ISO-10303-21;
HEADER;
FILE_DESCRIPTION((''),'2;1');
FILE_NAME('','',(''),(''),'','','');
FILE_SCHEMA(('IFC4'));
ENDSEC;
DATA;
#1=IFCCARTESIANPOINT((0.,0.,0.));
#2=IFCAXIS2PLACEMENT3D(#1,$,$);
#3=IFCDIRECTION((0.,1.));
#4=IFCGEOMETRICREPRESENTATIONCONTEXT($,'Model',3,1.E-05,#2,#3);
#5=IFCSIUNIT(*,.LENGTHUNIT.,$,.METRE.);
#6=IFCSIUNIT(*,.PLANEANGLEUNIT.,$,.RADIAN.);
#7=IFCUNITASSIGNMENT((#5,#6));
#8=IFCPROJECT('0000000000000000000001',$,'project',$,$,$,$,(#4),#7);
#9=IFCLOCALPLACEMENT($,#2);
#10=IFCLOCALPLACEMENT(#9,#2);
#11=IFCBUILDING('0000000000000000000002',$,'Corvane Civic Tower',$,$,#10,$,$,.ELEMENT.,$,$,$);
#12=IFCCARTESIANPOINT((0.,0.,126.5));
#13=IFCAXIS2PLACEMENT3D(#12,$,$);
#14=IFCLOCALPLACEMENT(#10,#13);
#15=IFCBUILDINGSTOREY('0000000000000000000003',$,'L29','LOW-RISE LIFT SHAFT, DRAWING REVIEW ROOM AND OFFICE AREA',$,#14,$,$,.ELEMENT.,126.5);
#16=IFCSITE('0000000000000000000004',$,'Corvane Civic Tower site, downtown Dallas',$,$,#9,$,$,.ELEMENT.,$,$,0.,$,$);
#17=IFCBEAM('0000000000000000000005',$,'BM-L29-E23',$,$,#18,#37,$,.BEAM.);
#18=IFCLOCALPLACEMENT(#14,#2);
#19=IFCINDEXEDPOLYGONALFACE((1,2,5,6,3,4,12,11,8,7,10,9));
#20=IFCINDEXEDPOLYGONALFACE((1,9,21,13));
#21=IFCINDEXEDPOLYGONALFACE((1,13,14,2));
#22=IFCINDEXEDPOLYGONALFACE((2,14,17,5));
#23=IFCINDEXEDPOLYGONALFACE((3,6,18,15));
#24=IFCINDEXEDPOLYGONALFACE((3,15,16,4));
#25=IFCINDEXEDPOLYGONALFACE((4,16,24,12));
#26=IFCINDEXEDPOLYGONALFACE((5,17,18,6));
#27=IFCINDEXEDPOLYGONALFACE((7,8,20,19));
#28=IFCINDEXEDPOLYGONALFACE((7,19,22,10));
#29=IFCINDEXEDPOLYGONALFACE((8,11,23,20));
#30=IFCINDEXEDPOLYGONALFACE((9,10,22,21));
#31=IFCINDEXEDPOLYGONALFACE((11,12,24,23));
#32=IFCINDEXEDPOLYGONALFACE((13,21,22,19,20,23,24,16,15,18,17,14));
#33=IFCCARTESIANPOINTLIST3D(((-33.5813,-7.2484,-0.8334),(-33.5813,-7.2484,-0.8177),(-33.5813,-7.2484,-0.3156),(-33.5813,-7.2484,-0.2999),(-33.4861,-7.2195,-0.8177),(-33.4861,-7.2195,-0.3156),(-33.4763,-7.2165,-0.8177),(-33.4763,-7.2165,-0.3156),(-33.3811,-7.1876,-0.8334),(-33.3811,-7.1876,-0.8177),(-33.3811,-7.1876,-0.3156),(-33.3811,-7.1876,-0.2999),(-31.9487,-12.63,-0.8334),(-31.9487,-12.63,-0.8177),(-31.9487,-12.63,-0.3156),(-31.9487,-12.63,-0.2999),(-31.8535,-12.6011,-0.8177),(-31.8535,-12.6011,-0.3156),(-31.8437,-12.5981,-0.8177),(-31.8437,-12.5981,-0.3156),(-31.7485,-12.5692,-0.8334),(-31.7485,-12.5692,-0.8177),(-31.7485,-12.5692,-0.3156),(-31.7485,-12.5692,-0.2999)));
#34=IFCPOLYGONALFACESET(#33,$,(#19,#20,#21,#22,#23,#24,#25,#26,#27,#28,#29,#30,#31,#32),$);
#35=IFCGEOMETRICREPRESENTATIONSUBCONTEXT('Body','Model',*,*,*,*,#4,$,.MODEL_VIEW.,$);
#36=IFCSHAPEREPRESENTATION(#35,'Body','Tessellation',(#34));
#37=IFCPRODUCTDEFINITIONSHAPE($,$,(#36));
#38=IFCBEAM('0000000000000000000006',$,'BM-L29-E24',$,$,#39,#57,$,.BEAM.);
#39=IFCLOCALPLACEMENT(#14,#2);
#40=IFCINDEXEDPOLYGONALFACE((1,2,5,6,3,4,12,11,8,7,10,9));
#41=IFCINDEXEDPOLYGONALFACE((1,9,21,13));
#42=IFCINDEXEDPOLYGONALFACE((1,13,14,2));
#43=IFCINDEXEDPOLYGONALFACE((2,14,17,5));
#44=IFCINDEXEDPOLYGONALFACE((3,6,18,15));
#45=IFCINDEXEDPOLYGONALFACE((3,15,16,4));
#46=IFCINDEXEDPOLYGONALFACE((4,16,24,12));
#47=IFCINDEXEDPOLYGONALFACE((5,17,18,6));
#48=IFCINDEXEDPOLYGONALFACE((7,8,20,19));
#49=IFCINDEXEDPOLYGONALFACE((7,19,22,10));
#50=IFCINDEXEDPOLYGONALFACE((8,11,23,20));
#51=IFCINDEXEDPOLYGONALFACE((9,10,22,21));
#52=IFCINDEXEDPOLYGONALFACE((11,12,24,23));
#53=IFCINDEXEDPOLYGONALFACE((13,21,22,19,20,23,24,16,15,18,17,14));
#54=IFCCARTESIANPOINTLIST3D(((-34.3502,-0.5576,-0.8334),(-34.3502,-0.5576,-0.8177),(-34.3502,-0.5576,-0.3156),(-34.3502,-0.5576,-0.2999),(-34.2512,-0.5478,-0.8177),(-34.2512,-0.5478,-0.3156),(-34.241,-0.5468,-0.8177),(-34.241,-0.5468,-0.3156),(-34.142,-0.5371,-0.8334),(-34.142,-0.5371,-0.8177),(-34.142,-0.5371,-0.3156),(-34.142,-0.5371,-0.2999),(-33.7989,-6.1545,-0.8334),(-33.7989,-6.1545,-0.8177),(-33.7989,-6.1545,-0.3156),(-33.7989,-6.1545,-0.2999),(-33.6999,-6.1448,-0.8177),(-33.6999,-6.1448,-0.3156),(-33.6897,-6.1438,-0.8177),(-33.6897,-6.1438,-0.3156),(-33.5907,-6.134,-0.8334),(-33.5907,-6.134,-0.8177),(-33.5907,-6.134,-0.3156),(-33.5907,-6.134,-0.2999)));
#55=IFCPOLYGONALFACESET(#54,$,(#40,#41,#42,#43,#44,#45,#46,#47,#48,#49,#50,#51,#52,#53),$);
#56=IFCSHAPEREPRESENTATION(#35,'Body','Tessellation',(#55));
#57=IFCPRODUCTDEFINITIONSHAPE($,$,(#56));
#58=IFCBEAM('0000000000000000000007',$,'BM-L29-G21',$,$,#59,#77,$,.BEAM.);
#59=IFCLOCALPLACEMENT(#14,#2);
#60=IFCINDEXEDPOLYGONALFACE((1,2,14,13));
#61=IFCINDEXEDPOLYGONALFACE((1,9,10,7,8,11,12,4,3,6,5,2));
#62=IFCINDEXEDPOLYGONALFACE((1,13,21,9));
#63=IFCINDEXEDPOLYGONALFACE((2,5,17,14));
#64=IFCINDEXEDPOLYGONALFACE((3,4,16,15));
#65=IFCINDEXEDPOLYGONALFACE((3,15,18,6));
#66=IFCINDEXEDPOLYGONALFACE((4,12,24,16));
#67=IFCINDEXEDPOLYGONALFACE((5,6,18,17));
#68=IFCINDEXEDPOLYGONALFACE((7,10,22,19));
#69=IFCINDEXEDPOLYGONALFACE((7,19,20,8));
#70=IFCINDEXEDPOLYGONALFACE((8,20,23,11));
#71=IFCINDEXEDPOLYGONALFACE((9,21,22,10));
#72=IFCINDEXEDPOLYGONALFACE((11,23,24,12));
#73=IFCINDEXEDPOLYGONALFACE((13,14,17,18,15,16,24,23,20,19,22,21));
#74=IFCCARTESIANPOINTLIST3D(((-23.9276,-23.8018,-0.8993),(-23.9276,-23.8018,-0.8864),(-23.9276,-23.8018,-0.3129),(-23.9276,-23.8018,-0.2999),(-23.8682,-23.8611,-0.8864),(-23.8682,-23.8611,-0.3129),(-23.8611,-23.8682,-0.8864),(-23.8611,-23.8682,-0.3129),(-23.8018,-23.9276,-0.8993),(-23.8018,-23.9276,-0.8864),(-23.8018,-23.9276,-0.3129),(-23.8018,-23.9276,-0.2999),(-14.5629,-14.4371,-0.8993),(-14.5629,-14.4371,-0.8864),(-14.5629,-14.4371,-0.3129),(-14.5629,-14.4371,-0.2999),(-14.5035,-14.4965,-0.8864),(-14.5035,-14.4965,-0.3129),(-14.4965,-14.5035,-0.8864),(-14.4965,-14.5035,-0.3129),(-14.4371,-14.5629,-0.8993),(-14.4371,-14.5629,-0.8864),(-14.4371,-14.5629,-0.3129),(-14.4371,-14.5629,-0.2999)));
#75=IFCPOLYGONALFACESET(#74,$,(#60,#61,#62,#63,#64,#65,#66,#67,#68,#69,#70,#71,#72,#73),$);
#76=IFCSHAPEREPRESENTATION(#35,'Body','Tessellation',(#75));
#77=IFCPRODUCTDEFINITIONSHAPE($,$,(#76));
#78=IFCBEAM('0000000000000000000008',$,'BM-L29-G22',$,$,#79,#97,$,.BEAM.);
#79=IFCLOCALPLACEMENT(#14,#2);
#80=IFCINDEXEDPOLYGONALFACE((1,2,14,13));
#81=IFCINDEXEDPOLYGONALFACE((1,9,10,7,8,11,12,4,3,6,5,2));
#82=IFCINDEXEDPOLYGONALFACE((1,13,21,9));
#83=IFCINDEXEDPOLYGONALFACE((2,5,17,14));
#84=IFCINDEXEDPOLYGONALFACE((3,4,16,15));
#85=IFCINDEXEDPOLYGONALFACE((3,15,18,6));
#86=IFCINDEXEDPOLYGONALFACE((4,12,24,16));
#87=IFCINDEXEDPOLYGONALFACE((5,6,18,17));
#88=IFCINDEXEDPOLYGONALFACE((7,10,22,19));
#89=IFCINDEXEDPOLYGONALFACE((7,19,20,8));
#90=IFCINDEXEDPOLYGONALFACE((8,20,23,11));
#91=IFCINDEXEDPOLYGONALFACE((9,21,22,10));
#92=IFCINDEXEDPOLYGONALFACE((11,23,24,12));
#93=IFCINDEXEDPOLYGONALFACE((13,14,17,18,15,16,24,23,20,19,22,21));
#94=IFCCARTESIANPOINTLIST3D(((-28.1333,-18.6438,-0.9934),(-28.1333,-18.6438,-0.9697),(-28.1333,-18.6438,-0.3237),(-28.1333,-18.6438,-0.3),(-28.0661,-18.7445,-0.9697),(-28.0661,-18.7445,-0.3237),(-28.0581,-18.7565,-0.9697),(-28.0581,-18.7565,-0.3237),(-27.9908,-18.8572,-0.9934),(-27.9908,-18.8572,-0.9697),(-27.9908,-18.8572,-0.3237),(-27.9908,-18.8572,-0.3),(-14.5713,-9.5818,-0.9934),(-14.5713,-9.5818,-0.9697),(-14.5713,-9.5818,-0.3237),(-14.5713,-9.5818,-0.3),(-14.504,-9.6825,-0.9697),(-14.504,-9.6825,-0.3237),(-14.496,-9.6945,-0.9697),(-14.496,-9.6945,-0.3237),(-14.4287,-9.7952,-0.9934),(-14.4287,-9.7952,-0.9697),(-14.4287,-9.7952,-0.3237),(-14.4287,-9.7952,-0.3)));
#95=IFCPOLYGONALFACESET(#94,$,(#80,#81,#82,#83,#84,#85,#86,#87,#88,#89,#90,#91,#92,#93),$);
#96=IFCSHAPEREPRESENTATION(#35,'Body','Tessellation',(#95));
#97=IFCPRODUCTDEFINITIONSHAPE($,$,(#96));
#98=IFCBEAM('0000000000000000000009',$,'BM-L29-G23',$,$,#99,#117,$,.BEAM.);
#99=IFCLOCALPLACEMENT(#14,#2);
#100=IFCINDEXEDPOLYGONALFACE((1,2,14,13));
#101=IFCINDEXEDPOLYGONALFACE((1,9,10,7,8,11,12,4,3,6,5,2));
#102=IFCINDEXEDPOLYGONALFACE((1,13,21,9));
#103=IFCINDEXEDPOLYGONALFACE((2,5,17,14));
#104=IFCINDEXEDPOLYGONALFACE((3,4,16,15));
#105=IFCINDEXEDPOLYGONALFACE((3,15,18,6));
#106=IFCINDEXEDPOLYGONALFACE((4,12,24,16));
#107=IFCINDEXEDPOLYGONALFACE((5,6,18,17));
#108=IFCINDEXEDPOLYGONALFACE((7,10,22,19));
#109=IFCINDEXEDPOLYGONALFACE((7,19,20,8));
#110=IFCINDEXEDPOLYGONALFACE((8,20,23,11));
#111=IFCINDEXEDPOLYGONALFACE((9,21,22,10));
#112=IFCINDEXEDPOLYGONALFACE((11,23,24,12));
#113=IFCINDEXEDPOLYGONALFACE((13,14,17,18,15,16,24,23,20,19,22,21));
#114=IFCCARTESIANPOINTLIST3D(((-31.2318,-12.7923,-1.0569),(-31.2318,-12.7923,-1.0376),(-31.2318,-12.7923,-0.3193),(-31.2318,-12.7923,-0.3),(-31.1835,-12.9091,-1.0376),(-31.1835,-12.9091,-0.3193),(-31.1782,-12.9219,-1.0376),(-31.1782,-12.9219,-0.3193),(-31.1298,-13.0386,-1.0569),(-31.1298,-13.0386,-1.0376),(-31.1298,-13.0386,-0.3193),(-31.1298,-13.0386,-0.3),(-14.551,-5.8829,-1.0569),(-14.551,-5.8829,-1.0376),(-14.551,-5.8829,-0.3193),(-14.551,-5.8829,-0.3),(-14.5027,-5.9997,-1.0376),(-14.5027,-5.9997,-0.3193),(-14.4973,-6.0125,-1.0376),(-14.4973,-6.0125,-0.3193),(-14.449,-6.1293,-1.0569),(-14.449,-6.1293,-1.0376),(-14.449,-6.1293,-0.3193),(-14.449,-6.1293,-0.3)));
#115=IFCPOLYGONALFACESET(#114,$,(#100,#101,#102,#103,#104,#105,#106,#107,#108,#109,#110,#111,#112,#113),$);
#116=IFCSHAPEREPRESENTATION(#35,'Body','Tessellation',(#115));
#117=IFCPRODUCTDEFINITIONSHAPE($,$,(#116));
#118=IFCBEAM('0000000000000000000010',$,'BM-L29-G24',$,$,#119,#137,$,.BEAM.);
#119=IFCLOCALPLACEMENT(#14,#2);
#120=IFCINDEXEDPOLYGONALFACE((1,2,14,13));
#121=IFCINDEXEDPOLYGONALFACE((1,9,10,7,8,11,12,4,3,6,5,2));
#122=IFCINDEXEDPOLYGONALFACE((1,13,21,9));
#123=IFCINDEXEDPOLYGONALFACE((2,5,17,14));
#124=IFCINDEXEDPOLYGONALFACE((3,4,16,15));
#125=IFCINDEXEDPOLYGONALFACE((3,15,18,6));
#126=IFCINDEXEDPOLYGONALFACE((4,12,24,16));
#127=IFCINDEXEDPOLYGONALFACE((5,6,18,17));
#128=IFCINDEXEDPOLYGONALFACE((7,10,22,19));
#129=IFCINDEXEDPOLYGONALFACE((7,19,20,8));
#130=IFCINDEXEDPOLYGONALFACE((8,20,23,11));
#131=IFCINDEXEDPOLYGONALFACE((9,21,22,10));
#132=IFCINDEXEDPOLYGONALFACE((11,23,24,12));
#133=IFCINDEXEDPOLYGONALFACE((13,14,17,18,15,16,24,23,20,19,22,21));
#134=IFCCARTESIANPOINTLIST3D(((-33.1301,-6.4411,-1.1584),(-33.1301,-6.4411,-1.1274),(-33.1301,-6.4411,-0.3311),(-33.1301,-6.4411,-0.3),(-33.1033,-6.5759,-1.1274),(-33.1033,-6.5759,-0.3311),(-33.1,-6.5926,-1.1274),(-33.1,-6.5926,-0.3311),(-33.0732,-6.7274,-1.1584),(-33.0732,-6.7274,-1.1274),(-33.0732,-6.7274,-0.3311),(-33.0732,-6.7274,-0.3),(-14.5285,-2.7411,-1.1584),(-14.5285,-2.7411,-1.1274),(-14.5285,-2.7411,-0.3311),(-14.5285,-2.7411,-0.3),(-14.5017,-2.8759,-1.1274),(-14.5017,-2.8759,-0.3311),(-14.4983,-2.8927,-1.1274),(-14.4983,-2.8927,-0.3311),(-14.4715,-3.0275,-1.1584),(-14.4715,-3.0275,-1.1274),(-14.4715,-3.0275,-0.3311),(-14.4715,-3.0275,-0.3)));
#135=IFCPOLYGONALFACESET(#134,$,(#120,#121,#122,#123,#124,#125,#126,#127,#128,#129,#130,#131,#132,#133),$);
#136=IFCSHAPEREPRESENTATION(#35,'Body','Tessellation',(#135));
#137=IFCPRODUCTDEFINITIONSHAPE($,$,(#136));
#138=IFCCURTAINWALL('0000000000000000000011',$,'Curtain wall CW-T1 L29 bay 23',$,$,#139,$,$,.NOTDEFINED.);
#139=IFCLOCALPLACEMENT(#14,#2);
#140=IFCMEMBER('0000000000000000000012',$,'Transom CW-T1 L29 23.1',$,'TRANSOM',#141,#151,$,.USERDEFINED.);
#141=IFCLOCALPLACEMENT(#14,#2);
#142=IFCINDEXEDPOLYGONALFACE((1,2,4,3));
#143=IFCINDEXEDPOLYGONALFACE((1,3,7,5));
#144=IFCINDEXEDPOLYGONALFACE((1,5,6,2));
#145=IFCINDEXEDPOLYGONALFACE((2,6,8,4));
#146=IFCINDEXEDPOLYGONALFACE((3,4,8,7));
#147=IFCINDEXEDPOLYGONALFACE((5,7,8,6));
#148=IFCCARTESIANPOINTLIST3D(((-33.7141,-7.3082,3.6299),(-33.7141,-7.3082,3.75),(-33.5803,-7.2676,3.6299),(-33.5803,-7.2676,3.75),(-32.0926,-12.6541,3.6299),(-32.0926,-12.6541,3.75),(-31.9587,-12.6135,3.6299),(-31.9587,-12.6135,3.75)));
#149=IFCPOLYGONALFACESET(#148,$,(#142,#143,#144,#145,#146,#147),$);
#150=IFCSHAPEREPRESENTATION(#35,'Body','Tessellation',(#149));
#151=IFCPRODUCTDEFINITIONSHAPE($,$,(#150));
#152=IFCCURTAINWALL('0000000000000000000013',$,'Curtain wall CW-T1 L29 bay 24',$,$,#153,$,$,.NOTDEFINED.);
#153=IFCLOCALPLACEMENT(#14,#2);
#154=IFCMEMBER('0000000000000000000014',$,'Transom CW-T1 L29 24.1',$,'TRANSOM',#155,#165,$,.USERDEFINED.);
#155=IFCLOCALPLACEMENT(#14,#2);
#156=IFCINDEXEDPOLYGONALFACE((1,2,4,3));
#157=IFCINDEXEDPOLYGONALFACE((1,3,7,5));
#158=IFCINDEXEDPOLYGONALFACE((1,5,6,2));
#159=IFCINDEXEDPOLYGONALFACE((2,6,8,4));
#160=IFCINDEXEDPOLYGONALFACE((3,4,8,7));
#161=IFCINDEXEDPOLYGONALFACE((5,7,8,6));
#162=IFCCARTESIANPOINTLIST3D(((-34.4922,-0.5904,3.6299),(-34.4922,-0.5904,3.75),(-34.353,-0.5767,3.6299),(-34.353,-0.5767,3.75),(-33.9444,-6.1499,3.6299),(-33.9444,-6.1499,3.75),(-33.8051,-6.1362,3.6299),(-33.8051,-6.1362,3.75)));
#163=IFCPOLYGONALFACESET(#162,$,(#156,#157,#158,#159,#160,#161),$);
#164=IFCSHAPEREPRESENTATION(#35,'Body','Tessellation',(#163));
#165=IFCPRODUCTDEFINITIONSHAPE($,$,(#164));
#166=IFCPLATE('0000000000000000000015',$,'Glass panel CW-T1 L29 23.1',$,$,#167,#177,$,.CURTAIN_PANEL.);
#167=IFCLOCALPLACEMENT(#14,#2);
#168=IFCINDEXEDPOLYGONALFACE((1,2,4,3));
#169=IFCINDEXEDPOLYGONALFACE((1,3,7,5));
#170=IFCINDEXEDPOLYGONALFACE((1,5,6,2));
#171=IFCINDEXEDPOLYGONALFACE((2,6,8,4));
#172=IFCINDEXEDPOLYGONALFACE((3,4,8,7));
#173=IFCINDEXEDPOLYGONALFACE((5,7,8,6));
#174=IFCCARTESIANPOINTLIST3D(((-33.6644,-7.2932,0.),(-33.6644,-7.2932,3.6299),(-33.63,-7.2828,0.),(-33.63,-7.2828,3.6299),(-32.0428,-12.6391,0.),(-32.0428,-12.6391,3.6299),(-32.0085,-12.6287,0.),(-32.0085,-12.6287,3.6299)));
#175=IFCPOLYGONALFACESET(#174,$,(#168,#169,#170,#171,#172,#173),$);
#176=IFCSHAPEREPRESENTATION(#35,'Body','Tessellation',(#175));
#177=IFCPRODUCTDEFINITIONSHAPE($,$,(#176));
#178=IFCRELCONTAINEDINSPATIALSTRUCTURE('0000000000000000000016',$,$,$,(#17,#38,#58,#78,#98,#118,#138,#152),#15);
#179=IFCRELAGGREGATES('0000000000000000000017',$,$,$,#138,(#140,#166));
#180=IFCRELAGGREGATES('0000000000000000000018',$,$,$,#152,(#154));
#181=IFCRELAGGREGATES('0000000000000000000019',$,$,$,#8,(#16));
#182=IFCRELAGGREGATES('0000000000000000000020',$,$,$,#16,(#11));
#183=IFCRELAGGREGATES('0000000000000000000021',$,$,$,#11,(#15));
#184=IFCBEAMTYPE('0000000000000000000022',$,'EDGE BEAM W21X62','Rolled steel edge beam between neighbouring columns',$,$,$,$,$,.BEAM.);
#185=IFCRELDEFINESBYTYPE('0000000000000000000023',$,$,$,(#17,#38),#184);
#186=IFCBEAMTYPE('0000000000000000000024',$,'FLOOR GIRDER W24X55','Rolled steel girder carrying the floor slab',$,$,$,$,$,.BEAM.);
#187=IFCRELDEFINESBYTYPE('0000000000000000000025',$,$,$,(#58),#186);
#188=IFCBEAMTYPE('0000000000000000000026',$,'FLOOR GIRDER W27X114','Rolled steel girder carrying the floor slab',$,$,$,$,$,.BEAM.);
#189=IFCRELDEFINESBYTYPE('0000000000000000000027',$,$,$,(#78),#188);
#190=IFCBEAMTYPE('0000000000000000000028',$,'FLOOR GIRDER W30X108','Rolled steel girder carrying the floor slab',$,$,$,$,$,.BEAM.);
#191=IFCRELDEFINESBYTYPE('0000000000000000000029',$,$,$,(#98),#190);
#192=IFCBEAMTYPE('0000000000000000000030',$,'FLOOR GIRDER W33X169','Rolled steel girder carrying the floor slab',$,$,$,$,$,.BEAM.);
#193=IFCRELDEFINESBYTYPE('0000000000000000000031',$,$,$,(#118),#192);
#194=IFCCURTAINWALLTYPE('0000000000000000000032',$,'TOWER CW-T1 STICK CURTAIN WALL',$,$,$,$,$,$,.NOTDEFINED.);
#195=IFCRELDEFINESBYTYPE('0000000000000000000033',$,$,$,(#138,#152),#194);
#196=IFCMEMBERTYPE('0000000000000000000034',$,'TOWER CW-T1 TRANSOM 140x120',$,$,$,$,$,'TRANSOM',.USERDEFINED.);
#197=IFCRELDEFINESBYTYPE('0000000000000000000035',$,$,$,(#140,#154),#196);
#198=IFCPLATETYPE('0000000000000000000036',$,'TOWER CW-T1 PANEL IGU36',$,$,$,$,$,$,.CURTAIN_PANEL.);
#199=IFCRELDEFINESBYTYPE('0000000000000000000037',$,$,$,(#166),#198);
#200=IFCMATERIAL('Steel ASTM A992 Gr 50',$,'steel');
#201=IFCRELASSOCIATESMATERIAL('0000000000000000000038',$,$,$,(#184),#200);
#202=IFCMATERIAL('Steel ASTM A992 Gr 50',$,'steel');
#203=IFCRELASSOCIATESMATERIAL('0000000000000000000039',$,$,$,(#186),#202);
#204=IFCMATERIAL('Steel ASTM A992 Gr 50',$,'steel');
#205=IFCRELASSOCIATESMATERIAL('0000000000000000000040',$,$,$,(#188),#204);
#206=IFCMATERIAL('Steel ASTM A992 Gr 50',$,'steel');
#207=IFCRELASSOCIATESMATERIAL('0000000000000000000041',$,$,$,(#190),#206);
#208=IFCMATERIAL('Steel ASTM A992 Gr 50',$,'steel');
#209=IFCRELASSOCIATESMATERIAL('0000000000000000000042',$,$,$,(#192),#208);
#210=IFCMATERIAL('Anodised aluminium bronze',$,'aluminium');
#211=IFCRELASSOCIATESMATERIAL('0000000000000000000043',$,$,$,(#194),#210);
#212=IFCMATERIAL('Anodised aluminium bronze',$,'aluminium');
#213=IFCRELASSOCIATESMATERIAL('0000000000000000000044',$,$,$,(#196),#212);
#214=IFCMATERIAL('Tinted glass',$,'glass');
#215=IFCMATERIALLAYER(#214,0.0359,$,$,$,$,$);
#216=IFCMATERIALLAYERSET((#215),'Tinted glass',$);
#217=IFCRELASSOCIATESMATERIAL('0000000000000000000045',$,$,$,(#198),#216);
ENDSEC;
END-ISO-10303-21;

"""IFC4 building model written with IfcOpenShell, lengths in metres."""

from ifc_helpers import new_model, si_unit, direction, frame, origin, origin_2d, place, context, subcontext, project, spatial, rectangle, i_section, extrude, material, layer, layer_set, material_profile, profile_set, type_object, element, aggregate, save


model = new_model("IFC4")

# Units and contexts
model_context = context("Model", 3, precision=1e-05, world=origin(), true_north=direction((0.0, 1.0)))
body_context = subcontext(model_context, "Body", "Model", "MODEL_VIEW")
ifc_project = project(units=[si_unit("LENGTHUNIT", "METRE"), si_unit("PLANEANGLEUNIT", "RADIAN")], contexts=[model_context])

# Site, building, storey
site_placement = place(None, origin())
site = spatial("IfcSite", under=ifc_project, at=site_placement, Name="Corvane Civic Tower site, downtown Dallas", CompositionType="ELEMENT", RefElevation=0.0)
building_placement = place(site_placement, origin())
building = spatial("IfcBuilding", under=site, at=building_placement, Name="Corvane Civic Tower", CompositionType="ELEMENT")
storey_placement = place(building_placement, frame((0.0, 0.0, 126.5)))
storey = spatial("IfcBuildingStorey", under=building, at=storey_placement, Name="L29", Description="LOW-RISE LIFT SHAFT, DRAWING REVIEW ROOM AND OFFICE AREA", CompositionType="ELEMENT", Elevation=126.5)

# Beams
ifc_material_1 = material(Name="Steel ASTM A992 Gr 50", Category="steel")
ifc_material_profile_1 = material_profile(ifc_material_1, i_section(OverallWidth=0.2092, OverallDepth=0.5334, WebThickness=0.0103, FlangeThickness=0.0156, at=origin_2d()), Name="W21X62")
ifc_profile_set_1 = profile_set([ifc_material_profile_1], Name="Steel ASTM A992 Gr 50")
beam_type_1 = type_object("IfcBeamType", Name="EDGE BEAM W21X62", Description="Rolled steel edge beam between neighbouring columns", PredefinedType="BEAM", material=ifc_profile_set_1)
beam_1_placement = place(storey_placement, frame((-31.8486, -12.5996, -0.5667), z_axis=(-0.290298, 0.956936, 0.0), x_axis=(-0.956936, -0.290298, 0.0)))
element("IfcBeam", 1, at=beam_1_placement, inside=storey, type_object=beam_type_1, Name="BM-L29-E23", PredefinedType="BEAM", context=body_context, shape_type="SweptSolid", body=[
    extrude(i_section(OverallWidth=0.2092, OverallDepth=0.5334, WebThickness=0.0103, FlangeThickness=0.0156, at=origin_2d()), origin(), (0.0, 0.0, 1.0), 5.6238),
])
beam_2_placement = place(storey_placement, frame((-33.6948, -6.1443, -0.5667), z_axis=(-0.098021, 0.995184, 0.0), x_axis=(-0.995184, -0.098021, 0.0)))
element("IfcBeam", 2, at=beam_2_placement, inside=storey, type_object=beam_type_1, Name="BM-L29-E24", PredefinedType="BEAM", context=body_context, shape_type="SweptSolid", body=[
    extrude(i_section(OverallWidth=0.2092, OverallDepth=0.5334, WebThickness=0.0103, FlangeThickness=0.0156, at=origin_2d()), origin(), (0.0, 0.0, 1.0), 5.624),
])
ifc_material_2 = material(Name="Steel ASTM A992 Gr 50", Category="steel")
ifc_material_profile_2 = material_profile(ifc_material_2, i_section(OverallWidth=0.178, OverallDepth=0.5994, WebThickness=0.01, FlangeThickness=0.0129, at=origin_2d()), Name="W24X55")
ifc_profile_set_2 = profile_set([ifc_material_profile_2], Name="Steel ASTM A992 Gr 50")
beam_type_2 = type_object("IfcBeamType", Name="FLOOR GIRDER W24X55", Description="Rolled steel girder carrying the floor slab", PredefinedType="BEAM", material=ifc_profile_set_2)
beam_3_placement = place(storey_placement, frame((-14.5, -14.5, -0.5996), z_axis=(-0.707107, -0.707107, 0.0), x_axis=(0.707107, -0.707107, 0.0)))
element("IfcBeam", 3, at=beam_3_placement, inside=storey, type_object=beam_type_2, Name="BM-L29-G21", PredefinedType="BEAM", context=body_context, shape_type="SweptSolid", body=[
    extrude(i_section(OverallWidth=0.178, OverallDepth=0.5994, WebThickness=0.01, FlangeThickness=0.0129, at=origin_2d()), origin(), (0.0, 0.0, 1.0), 13.2437),
])
ifc_material_3 = material(Name="Steel ASTM A992 Gr 50", Category="steel")
ifc_material_profile_3 = material_profile(ifc_material_3, i_section(OverallWidth=0.2566, OverallDepth=0.6934, WebThickness=0.0144, FlangeThickness=0.0237, at=origin_2d()), Name="W27X114")
ifc_profile_set_3 = profile_set([ifc_material_profile_3], Name="Steel ASTM A992 Gr 50")
beam_type_3 = type_object("IfcBeamType", Name="FLOOR GIRDER W27X114", Description="Rolled steel girder carrying the floor slab", PredefinedType="BEAM", material=ifc_profile_set_3)
beam_4_placement = place(storey_placement, frame((-14.5, -9.6885, -0.6467), z_axis=(-0.831465, -0.555577, 0.0), x_axis=(0.555577, -0.831465, 0.0)))
element("IfcBeam", 4, at=beam_4_placement, inside=storey, type_object=beam_type_3, Name="BM-L29-G22", PredefinedType="BEAM", context=body_context, shape_type="SweptSolid", body=[
    extrude(i_section(OverallWidth=0.2566, OverallDepth=0.6934, WebThickness=0.0144, FlangeThickness=0.0237, at=origin_2d()), origin(), (0.0, 0.0, 1.0), 16.311),
])
ifc_material_4 = material(Name="Steel ASTM A992 Gr 50", Category="steel")
ifc_material_profile_4 = material_profile(ifc_material_4, i_section(OverallWidth=0.2666, OverallDepth=0.7568, WebThickness=0.0139, FlangeThickness=0.0193, at=origin_2d()), Name="W30X108")
ifc_profile_set_4 = profile_set([ifc_material_profile_4], Name="Steel ASTM A992 Gr 50")
beam_type_4 = type_object("IfcBeamType", Name="FLOOR GIRDER W30X108", Description="Rolled steel girder carrying the floor slab", PredefinedType="BEAM", material=ifc_profile_set_4)
beam_5_placement = place(storey_placement, frame((-14.5, -6.0061, -0.6785), z_axis=(-0.92388, -0.382682, 0.0), x_axis=(0.382682, -0.92388, 0.0)))
element("IfcBeam", 5, at=beam_5_placement, inside=storey, type_object=beam_type_4, Name="BM-L29-G23", PredefinedType="BEAM", context=body_context, shape_type="SweptSolid", body=[
    extrude(i_section(OverallWidth=0.2666, OverallDepth=0.7568, WebThickness=0.0139, FlangeThickness=0.0193, at=origin_2d()), origin(), (0.0, 0.0, 1.0), 18.0552),
])
ifc_material_5 = material(Name="Steel ASTM A992 Gr 50", Category="steel")
ifc_material_profile_5 = material_profile(ifc_material_5, i_section(OverallWidth=0.292, OverallDepth=0.8584, WebThickness=0.0171, FlangeThickness=0.031, at=origin_2d()), Name="W33X169")
ifc_profile_set_5 = profile_set([ifc_material_profile_5], Name="Steel ASTM A992 Gr 50")
beam_type_5 = type_object("IfcBeamType", Name="FLOOR GIRDER W33X169", Description="Rolled steel girder carrying the floor slab", PredefinedType="BEAM", material=ifc_profile_set_5)
beam_6_placement = place(storey_placement, frame((-14.5, -2.8843, -0.7292), z_axis=(-0.980787, -0.195084, 0.0), x_axis=(0.195084, -0.980787, 0.0)))
element("IfcBeam", 6, at=beam_6_placement, inside=storey, type_object=beam_type_5, Name="BM-L29-G24", PredefinedType="BEAM", context=body_context, shape_type="SweptSolid", body=[
    extrude(i_section(OverallWidth=0.292, OverallDepth=0.8584, WebThickness=0.0171, FlangeThickness=0.031, at=origin_2d()), origin(), (0.0, 0.0, 1.0), 18.9661),
])

# Curtain walls, members
ifc_material_6 = material(Name="Anodised aluminium bronze", Category="aluminium")
curtain_wall_type = type_object("IfcCurtainWallType", Name="TOWER CW-T1 STICK CURTAIN WALL", PredefinedType="NOTDEFINED", material=ifc_material_6)
curtain_wall_1_placement = place(storey_placement, origin())
curtain_wall_1 = element("IfcCurtainWall", 7, at=curtain_wall_1_placement, inside=storey, type_object=curtain_wall_type, Name="Curtain wall CW-T1 L29 bay 23", PredefinedType="NOTDEFINED")
ifc_material_7 = material(Name="Anodised aluminium bronze", Category="aluminium")
ifc_material_profile_6 = material_profile(ifc_material_7, rectangle(XDim=0.1399, YDim=0.1201, at=origin_2d()), Name="TOWER CW-T1 TRANSOM 140x120")
ifc_profile_set_6 = profile_set([ifc_material_profile_6], Name="Anodised aluminium bronze")
member_type = type_object("IfcMemberType", Name="TOWER CW-T1 TRANSOM 140x120", ElementType="TRANSOM", PredefinedType="USERDEFINED", material=ifc_profile_set_6)
member_1_placement = place(storey_placement, frame((-32.0256, -12.6338, 3.6899), z_axis=(-0.290269, 0.956945, 0.0), x_axis=(-0.956945, -0.290269, 0.0)))
member_1 = element("IfcMember", 8, at=member_1_placement, type_object=member_type, Name="Transom CW-T1 L29 23.1", ObjectType="TRANSOM", PredefinedType="USERDEFINED", context=body_context, shape_type="SweptSolid", body=[
    extrude(rectangle(XDim=0.1399, YDim=0.1201, at=origin_2d()), origin(), (0.0, 0.0, 1.0), 5.5864),
])
curtain_wall_2_placement = place(storey_placement, origin())
curtain_wall_2 = element("IfcCurtainWall", 9, at=curtain_wall_2_placement, inside=storey, type_object=curtain_wall_type, Name="Curtain wall CW-T1 L29 bay 24", PredefinedType="NOTDEFINED")
member_2_placement = place(storey_placement, frame((-33.8748, -6.1431, 3.6899), z_axis=(-0.098067, 0.99518, 0.0), x_axis=(-0.99518, -0.098067, 0.0)))
member_2 = element("IfcMember", 10, at=member_2_placement, type_object=member_type, Name="Transom CW-T1 L29 24.1", ObjectType="TRANSOM", PredefinedType="USERDEFINED", context=body_context, shape_type="SweptSolid", body=[
    extrude(rectangle(XDim=0.1399, YDim=0.1201, at=origin_2d()), origin(), (0.0, 0.0, 1.0), 5.5864),
])

# Plate
ifc_material_8 = material(Name="Tinted glass", Category="glass")
ifc_layer_1 = layer(ifc_material_8, 0.0359)
ifc_layer_set_1 = layer_set([ifc_layer_1], Name="Tinted glass")
plate_type = type_object("IfcPlateType", Name="TOWER CW-T1 PANEL IGU36", PredefinedType="CURTAIN_PANEL", material=ifc_layer_set_1)
plate_1_placement = place(storey_placement, frame((-32.8364, -9.9609, 0.0), z_axis=(0.0, 0.0, 1.0), x_axis=(-0.290266, 0.956946, 0.0)))
plate_1 = element("IfcPlate", 11, at=plate_1_placement, type_object=plate_type, Name="Glass panel CW-T1 L29 23.1", PredefinedType="CURTAIN_PANEL", context=body_context, shape_type="SweptSolid", body=[
    extrude(rectangle(XDim=5.5864, YDim=0.0359, at=origin_2d()), origin(), (0.0, 0.0, 1.0), 3.6299),
])
aggregate(curtain_wall_1, [member_1, plate_1])
aggregate(curtain_wall_2, [member_2])

save(model, "model.ifc")
